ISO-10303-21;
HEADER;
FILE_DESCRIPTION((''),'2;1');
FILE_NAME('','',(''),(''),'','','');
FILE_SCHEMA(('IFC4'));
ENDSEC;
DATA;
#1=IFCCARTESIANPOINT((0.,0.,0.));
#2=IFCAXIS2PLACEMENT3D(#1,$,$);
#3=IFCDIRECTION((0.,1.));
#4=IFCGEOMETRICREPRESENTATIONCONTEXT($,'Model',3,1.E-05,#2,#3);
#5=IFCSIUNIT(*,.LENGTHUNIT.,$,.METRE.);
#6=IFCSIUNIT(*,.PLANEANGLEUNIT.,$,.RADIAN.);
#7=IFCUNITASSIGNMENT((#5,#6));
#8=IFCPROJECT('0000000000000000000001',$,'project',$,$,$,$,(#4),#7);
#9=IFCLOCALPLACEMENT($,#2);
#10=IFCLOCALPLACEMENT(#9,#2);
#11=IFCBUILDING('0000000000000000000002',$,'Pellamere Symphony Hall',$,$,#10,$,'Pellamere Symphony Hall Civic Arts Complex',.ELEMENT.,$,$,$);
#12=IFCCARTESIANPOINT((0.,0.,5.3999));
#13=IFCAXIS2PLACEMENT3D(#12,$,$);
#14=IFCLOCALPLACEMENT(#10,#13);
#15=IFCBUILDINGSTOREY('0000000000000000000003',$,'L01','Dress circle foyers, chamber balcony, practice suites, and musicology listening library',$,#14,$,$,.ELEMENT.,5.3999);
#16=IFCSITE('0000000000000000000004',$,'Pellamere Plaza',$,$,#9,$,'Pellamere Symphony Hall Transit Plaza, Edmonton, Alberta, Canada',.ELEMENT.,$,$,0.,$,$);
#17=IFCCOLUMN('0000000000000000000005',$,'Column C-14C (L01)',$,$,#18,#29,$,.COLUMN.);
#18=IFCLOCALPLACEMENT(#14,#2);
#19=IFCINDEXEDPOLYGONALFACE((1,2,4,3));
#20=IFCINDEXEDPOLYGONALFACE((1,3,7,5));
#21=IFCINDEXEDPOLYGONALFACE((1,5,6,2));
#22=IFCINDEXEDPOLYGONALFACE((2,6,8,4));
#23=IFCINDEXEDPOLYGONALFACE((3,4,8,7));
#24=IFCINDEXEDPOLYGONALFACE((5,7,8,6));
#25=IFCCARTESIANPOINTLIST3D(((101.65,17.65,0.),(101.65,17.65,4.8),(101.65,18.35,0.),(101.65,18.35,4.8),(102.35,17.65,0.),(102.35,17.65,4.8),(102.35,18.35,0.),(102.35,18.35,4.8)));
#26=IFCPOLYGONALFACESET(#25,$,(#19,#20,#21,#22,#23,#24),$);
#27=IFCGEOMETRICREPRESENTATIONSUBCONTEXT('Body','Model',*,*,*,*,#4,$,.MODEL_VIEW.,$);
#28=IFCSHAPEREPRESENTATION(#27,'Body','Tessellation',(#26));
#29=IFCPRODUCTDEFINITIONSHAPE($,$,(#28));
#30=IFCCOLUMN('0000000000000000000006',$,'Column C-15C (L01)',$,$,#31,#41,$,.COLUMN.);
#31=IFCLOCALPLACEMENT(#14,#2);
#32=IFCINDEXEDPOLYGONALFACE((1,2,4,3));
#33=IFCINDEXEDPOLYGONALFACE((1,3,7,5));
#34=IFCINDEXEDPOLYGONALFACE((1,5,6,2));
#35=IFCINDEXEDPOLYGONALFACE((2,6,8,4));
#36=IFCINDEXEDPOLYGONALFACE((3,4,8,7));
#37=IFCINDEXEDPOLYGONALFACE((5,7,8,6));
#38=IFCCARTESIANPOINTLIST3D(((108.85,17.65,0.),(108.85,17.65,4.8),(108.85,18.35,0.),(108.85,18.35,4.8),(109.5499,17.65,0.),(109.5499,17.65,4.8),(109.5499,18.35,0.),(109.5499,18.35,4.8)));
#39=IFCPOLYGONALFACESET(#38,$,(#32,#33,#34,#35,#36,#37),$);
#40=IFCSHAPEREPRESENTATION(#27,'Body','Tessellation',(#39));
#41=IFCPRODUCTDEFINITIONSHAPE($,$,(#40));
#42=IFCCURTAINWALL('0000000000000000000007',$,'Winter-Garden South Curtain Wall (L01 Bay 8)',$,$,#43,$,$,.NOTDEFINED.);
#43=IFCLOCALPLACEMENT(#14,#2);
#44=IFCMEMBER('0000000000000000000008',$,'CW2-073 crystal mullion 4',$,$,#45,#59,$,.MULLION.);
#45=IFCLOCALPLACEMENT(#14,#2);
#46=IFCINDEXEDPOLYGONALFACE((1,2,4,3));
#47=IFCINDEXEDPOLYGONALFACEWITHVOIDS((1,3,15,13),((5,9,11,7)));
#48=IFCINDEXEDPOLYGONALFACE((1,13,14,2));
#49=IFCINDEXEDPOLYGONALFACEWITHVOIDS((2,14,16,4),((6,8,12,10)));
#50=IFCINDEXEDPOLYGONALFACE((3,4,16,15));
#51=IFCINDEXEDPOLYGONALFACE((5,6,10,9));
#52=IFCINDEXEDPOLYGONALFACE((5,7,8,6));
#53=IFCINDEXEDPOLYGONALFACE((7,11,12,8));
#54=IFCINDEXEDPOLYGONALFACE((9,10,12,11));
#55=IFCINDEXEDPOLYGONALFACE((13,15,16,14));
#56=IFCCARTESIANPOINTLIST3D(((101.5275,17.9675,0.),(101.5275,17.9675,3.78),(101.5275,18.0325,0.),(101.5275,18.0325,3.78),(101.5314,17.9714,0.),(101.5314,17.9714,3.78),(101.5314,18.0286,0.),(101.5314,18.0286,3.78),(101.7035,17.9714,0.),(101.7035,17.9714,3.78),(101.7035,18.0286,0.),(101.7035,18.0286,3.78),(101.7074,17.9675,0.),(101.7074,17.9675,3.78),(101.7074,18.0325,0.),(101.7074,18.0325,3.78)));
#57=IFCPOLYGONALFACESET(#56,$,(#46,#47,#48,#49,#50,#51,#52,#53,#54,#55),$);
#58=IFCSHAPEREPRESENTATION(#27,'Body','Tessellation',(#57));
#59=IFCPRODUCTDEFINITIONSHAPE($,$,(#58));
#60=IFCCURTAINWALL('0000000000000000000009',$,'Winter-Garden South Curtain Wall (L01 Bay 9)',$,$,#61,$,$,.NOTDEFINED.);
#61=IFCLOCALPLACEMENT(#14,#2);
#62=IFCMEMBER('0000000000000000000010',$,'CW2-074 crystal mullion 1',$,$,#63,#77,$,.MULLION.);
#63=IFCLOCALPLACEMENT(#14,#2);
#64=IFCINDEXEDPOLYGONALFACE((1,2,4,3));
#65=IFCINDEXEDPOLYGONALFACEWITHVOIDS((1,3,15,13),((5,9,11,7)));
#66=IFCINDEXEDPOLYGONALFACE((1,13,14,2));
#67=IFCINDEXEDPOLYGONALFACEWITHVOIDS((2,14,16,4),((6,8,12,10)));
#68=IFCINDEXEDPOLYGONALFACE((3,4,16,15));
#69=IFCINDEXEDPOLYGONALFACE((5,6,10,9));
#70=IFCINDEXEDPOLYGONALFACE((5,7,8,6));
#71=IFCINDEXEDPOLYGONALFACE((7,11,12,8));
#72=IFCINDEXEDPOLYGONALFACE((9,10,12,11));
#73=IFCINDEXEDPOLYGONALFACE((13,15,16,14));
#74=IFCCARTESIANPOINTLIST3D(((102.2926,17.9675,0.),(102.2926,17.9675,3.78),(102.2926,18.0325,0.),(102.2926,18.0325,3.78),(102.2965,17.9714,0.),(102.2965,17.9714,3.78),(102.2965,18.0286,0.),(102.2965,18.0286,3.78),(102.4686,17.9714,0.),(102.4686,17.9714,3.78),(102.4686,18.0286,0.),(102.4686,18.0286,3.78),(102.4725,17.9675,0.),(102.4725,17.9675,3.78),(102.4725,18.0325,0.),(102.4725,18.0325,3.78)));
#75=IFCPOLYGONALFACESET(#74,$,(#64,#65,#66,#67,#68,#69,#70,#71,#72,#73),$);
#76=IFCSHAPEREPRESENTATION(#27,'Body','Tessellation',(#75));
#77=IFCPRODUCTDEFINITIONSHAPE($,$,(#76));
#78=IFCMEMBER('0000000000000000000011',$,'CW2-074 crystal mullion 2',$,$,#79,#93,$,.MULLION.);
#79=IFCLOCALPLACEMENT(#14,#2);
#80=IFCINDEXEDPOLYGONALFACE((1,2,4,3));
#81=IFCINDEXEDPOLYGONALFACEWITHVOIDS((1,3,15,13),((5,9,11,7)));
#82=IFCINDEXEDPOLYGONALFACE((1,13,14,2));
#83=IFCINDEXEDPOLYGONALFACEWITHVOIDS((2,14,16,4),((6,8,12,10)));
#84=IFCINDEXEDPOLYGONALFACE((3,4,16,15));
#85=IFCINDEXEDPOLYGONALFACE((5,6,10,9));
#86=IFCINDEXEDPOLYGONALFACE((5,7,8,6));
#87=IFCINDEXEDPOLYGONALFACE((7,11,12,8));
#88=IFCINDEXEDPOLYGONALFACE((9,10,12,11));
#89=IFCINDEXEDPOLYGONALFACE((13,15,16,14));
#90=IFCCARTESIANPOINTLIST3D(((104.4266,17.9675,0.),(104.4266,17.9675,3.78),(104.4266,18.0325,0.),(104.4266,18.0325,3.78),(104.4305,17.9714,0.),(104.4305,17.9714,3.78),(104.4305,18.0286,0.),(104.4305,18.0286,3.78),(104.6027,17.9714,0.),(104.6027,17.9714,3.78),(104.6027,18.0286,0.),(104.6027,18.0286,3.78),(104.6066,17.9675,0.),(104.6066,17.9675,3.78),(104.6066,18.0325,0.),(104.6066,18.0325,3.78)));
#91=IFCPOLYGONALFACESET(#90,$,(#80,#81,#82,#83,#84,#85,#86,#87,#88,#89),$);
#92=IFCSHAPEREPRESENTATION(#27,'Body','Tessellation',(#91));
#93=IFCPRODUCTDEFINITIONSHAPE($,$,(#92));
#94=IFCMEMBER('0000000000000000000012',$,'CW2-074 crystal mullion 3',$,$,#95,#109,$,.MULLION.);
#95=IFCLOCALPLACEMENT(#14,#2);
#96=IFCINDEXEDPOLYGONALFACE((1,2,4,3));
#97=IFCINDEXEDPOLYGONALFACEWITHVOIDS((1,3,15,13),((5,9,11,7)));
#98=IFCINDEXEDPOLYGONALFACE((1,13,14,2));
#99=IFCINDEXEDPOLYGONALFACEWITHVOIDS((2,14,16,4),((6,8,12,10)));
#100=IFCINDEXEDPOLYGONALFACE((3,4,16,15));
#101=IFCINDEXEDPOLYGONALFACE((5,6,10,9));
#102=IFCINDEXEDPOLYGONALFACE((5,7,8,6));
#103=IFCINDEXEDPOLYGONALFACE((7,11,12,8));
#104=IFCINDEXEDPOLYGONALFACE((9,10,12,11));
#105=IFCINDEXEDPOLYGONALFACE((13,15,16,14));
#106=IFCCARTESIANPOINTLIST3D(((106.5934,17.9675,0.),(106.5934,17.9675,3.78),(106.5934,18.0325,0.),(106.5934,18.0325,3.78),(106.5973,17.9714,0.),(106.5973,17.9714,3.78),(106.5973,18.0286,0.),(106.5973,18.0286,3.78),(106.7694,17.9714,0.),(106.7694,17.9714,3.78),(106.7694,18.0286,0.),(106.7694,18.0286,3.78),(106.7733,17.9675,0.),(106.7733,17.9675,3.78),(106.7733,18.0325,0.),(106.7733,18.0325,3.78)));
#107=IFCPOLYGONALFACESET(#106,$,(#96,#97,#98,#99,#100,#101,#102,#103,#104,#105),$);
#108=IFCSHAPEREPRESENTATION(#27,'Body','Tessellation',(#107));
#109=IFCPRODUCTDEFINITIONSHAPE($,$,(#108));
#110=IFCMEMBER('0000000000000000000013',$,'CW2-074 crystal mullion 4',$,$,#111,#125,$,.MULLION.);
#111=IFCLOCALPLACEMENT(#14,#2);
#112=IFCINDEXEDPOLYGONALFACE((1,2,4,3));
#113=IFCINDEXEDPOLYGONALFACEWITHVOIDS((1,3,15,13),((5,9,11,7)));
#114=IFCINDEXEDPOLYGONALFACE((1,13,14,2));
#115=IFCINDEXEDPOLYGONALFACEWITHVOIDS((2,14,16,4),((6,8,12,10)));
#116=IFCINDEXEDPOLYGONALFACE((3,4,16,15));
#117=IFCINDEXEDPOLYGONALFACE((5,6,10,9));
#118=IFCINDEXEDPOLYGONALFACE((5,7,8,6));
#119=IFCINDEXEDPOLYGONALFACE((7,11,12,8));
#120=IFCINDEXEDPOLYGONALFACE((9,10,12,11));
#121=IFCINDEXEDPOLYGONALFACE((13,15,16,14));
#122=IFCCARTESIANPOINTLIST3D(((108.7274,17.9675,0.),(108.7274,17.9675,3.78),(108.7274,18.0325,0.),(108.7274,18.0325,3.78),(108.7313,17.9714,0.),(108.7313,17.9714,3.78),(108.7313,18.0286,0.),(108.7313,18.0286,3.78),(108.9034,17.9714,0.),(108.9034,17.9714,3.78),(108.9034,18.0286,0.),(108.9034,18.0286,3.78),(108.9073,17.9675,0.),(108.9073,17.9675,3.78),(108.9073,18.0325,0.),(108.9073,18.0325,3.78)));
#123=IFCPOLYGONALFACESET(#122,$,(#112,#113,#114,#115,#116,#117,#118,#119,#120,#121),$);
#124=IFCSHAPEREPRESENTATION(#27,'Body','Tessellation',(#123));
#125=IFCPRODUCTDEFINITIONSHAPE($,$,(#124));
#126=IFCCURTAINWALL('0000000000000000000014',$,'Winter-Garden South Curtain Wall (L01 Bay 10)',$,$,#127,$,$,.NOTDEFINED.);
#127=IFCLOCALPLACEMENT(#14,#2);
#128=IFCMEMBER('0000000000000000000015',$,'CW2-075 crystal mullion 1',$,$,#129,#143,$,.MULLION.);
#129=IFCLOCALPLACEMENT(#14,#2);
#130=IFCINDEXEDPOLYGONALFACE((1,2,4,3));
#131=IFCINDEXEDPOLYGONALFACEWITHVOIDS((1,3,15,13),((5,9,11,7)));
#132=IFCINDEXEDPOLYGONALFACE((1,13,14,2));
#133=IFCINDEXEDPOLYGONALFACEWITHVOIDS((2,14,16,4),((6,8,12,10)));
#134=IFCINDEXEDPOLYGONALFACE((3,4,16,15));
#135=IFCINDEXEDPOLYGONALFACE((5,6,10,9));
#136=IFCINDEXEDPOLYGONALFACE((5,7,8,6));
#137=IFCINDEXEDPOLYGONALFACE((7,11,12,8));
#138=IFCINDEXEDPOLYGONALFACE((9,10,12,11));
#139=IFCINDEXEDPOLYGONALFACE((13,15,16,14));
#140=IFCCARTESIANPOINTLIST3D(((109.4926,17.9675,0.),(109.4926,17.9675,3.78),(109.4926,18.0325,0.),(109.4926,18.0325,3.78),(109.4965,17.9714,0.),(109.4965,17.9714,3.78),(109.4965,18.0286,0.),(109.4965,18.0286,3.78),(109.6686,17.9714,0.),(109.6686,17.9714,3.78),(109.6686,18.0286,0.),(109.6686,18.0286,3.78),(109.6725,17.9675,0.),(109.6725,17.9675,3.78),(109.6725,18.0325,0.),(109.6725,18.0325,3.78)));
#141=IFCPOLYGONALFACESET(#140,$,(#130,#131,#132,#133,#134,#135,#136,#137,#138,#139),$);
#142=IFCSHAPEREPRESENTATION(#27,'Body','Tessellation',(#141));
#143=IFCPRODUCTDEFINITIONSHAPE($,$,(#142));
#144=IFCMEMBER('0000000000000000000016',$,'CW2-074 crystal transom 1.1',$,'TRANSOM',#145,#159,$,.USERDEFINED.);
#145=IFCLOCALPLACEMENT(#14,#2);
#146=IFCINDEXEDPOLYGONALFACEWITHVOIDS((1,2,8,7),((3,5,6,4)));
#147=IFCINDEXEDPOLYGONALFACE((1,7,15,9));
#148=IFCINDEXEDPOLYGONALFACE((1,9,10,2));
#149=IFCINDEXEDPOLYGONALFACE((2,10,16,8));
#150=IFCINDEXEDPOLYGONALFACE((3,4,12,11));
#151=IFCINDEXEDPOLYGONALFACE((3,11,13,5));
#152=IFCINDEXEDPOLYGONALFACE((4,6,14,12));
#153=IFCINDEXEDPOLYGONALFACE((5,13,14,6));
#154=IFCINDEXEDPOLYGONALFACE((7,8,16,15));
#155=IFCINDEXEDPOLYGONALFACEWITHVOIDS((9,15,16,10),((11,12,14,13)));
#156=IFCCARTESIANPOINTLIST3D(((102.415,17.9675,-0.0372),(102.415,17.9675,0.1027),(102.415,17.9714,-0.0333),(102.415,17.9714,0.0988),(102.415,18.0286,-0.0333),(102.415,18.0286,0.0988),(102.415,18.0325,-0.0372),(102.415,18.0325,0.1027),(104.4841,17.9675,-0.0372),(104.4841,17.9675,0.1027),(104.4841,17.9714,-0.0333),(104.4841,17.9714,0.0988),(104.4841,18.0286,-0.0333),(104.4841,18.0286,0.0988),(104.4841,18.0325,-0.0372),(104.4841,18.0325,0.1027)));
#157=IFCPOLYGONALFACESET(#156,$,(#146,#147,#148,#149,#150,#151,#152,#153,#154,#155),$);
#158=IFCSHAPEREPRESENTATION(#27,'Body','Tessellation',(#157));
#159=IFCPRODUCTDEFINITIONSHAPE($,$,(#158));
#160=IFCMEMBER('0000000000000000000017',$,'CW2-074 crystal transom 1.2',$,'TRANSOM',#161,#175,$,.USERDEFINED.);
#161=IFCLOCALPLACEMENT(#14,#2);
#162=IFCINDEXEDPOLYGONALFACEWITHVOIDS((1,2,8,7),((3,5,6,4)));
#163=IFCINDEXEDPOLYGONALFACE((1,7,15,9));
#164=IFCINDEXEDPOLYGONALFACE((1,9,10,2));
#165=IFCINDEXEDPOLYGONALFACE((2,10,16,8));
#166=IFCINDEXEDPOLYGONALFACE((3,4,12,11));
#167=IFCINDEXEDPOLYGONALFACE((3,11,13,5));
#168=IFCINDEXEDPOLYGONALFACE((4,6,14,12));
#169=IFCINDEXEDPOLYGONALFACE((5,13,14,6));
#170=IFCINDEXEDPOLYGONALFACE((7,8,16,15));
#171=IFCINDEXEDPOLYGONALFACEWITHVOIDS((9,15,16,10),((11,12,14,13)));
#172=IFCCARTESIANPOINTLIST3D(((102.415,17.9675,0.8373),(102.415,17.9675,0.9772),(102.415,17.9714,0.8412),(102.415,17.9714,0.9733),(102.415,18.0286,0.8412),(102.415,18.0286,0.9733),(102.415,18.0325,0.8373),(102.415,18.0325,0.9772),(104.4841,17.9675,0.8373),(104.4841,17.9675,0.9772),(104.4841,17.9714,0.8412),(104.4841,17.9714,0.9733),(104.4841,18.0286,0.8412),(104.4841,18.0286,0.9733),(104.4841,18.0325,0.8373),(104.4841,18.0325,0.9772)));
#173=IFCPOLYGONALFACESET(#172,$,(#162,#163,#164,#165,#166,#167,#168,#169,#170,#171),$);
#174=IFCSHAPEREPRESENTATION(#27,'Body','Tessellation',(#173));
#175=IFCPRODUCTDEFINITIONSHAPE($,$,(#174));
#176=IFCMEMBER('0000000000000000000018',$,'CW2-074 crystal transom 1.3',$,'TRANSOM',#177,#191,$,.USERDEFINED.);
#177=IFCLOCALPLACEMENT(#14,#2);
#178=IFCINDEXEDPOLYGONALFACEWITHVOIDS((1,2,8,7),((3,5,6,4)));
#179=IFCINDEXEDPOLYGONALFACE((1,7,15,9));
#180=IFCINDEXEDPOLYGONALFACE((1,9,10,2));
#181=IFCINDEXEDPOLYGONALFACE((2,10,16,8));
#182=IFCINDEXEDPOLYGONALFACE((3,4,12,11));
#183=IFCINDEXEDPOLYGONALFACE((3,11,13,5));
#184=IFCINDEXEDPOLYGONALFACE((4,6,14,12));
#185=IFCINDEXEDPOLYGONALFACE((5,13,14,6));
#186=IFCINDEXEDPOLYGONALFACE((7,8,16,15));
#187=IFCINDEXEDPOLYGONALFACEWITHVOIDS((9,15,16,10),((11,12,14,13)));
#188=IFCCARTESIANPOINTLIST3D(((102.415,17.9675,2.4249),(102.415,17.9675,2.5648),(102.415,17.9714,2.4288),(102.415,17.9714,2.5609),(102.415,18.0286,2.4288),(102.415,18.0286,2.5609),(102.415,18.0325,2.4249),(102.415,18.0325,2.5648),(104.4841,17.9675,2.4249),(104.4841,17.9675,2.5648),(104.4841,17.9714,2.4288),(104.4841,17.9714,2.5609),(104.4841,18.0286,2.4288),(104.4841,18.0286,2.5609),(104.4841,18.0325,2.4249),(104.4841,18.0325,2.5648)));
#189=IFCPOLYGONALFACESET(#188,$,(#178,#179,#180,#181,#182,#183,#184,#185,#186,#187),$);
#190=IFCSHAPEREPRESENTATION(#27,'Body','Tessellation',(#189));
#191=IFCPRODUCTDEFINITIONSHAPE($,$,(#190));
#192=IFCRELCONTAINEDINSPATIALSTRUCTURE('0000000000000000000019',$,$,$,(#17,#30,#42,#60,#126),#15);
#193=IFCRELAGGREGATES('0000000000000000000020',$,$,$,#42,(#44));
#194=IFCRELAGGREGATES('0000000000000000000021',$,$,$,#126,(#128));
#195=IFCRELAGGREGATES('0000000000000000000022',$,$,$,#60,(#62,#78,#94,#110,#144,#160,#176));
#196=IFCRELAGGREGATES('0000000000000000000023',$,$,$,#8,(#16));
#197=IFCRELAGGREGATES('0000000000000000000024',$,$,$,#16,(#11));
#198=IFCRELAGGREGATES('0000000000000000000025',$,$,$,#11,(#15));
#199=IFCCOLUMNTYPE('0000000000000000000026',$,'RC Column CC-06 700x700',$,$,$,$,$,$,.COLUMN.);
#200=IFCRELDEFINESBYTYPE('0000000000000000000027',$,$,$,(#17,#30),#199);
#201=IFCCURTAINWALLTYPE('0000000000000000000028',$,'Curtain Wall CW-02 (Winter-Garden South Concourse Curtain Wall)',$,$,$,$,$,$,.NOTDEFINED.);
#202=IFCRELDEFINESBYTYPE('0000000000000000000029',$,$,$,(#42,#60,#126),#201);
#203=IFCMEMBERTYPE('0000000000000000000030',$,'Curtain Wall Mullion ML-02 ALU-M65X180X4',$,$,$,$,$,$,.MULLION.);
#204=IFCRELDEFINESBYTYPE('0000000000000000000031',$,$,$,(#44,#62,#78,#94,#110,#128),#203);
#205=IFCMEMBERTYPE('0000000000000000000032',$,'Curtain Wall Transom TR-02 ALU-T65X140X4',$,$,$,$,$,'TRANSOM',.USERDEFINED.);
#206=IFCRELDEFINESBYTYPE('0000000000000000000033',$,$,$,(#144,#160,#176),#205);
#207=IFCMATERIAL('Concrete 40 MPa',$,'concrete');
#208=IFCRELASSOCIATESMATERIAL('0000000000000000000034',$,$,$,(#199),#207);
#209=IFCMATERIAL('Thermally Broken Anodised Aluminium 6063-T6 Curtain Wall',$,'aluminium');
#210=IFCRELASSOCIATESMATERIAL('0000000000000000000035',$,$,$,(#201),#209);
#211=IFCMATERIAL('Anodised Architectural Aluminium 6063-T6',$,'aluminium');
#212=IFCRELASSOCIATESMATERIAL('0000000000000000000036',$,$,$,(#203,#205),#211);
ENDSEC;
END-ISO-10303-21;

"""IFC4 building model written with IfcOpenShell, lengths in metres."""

from ifc_helpers import new_model, si_unit, direction, frame, origin, origin_2d, place, context, subcontext, project, spatial, rectangle, hollow_rectangle, extrude, material, material_profile, profile_set, type_object, element, aggregate, save


model = new_model("IFC4")

# Units and contexts
model_context = context("Model", 3, precision=1e-05, world=origin(), true_north=direction((0.0, 1.0)))
body_context = subcontext(model_context, "Body", "Model", "MODEL_VIEW")
ifc_project = project(units=[si_unit("LENGTHUNIT", "METRE"), si_unit("PLANEANGLEUNIT", "RADIAN")], contexts=[model_context])

# Site, building, storey
site_placement = place(None, origin())
site = spatial("IfcSite", under=ifc_project, at=site_placement, Name="Pellamere Plaza", LongName="Pellamere Symphony Hall Transit Plaza, Edmonton, Alberta, Canada", CompositionType="ELEMENT", RefElevation=0.0)
building_placement = place(site_placement, origin())
building = spatial("IfcBuilding", under=site, at=building_placement, Name="Pellamere Symphony Hall", LongName="Pellamere Symphony Hall Civic Arts Complex", CompositionType="ELEMENT")
storey_placement = place(building_placement, frame((0.0, 0.0, 5.3999)))
storey = spatial("IfcBuildingStorey", under=building, at=storey_placement, Name="L01", Description="Dress circle foyers, chamber balcony, practice suites, and musicology listening library", CompositionType="ELEMENT", Elevation=5.3999)

# Columns
ifc_material_1 = material(Name="Concrete 40 MPa", Category="concrete")
ifc_material_profile_1 = material_profile(ifc_material_1, rectangle(XDim=0.7, YDim=0.7, at=origin_2d()), Name="RC 700x700")
ifc_profile_set_1 = profile_set([ifc_material_profile_1], Name="Concrete 40 MPa")
column_type = type_object("IfcColumnType", Name="RC Column CC-06 700x700", PredefinedType="COLUMN", material=ifc_profile_set_1)
for number, where, z_axis, x_axis, name in (
    (1, (102.0, 18.0, 0.0), (0.0, 0.0, 1.0), (1.0, 0.0, 0.0), "Column C-14C (L01)"),
    (2, (109.2, 18.0, 0.0), (0.0, 0.0, 1.0), (1.0, 0.0, 0.0), "Column C-15C (L01)"),
):
    element("IfcColumn", number, at=place(storey_placement, frame(where, z_axis=z_axis, x_axis=x_axis)), inside=storey, type_object=column_type, Name=name, PredefinedType="COLUMN", context=body_context, shape_type="SweptSolid", body=[
        extrude(rectangle(XDim=0.7, YDim=0.7, at=origin_2d()), origin(), (0.0, 0.0, 1.0), 4.8),
    ])

# Curtain wall, member
ifc_material_2 = material(Name="Thermally Broken Anodised Aluminium 6063-T6 Curtain Wall", Category="aluminium")
curtain_wall_type = type_object("IfcCurtainWallType", Name="Curtain Wall CW-02 (Winter-Garden South Concourse Curtain Wall)", PredefinedType="NOTDEFINED", material=ifc_material_2)
curtain_wall_1_placement = place(storey_placement, origin())
curtain_wall_1 = element("IfcCurtainWall", 3, at=curtain_wall_1_placement, inside=storey, type_object=curtain_wall_type, Name="Winter-Garden South Curtain Wall (L01 Bay 8)", PredefinedType="NOTDEFINED")
ifc_material_3 = material(Name="Anodised Architectural Aluminium 6063-T6", Category="aluminium")
ifc_material_profile_2 = material_profile(ifc_material_3, hollow_rectangle(XDim=0.0649, YDim=0.1799, WallThickness=0.0039, at=origin_2d()), Name="ALU-M65X180X4")
ifc_profile_set_2 = profile_set([ifc_material_profile_2], Name="Anodised Architectural Aluminium 6063-T6")
member_type_1 = type_object("IfcMemberType", Name="Curtain Wall Mullion ML-02 ALU-M65X180X4", PredefinedType="MULLION", material=ifc_profile_set_2)
member_1_placement = place(storey_placement, frame((101.6174, 18.0, 0.0), z_axis=(0.0, 0.0, 1.0), x_axis=(0.0, 1.0, 0.0)))
member_1 = element("IfcMember", 4, at=member_1_placement, type_object=member_type_1, Name="CW2-073 crystal mullion 4", PredefinedType="MULLION", context=body_context, shape_type="SweptSolid", body=[
    extrude(hollow_rectangle(XDim=0.0649, YDim=0.1799, WallThickness=0.0039, at=origin_2d()), origin(), (0.0, 0.0, 1.0), 3.78),
])

# Curtain wall, members
curtain_wall_2_placement = place(storey_placement, origin())
curtain_wall_2 = element("IfcCurtainWall", 5, at=curtain_wall_2_placement, inside=storey, type_object=curtain_wall_type, Name="Winter-Garden South Curtain Wall (L01 Bay 9)", PredefinedType="NOTDEFINED")
member_2_placement = place(storey_placement, frame((102.3826, 18.0, 0.0), z_axis=(0.0, 0.0, 1.0), x_axis=(0.0, 1.0, 0.0)))
member_2 = element("IfcMember", 6, at=member_2_placement, type_object=member_type_1, Name="CW2-074 crystal mullion 1", PredefinedType="MULLION", context=body_context, shape_type="SweptSolid", body=[
    extrude(hollow_rectangle(XDim=0.0649, YDim=0.1799, WallThickness=0.0039, at=origin_2d()), origin(), (0.0, 0.0, 1.0), 3.78),
])
member_3_placement = place(storey_placement, frame((104.5166, 18.0, 0.0), z_axis=(0.0, 0.0, 1.0), x_axis=(0.0, 1.0, 0.0)))
member_3 = element("IfcMember", 7, at=member_3_placement, type_object=member_type_1, Name="CW2-074 crystal mullion 2", PredefinedType="MULLION", context=body_context, shape_type="SweptSolid", body=[
    extrude(hollow_rectangle(XDim=0.0649, YDim=0.1799, WallThickness=0.0039, at=origin_2d()), origin(), (0.0, 0.0, 1.0), 3.78),
])
member_4_placement = place(storey_placement, frame((106.6833, 18.0, 0.0), z_axis=(0.0, 0.0, 1.0), x_axis=(0.0, 1.0, 0.0)))
member_4 = element("IfcMember", 8, at=member_4_placement, type_object=member_type_1, Name="CW2-074 crystal mullion 3", PredefinedType="MULLION", context=body_context, shape_type="SweptSolid", body=[
    extrude(hollow_rectangle(XDim=0.0649, YDim=0.1799, WallThickness=0.0039, at=origin_2d()), origin(), (0.0, 0.0, 1.0), 3.78),
])
member_5_placement = place(storey_placement, frame((108.8174, 18.0, 0.0), z_axis=(0.0, 0.0, 1.0), x_axis=(0.0, 1.0, 0.0)))
member_5 = element("IfcMember", 9, at=member_5_placement, type_object=member_type_1, Name="CW2-074 crystal mullion 4", PredefinedType="MULLION", context=body_context, shape_type="SweptSolid", body=[
    extrude(hollow_rectangle(XDim=0.0649, YDim=0.1799, WallThickness=0.0039, at=origin_2d()), origin(), (0.0, 0.0, 1.0), 3.78),
])

# Curtain wall, member
curtain_wall_3_placement = place(storey_placement, origin())
curtain_wall_3 = element("IfcCurtainWall", 10, at=curtain_wall_3_placement, inside=storey, type_object=curtain_wall_type, Name="Winter-Garden South Curtain Wall (L01 Bay 10)", PredefinedType="NOTDEFINED")
member_6_placement = place(storey_placement, frame((109.5825, 18.0, 0.0), z_axis=(0.0, 0.0, 1.0), x_axis=(0.0, 1.0, 0.0)))
member_6 = element("IfcMember", 11, at=member_6_placement, type_object=member_type_1, Name="CW2-075 crystal mullion 1", PredefinedType="MULLION", context=body_context, shape_type="SweptSolid", body=[
    extrude(hollow_rectangle(XDim=0.0649, YDim=0.1799, WallThickness=0.0039, at=origin_2d()), origin(), (0.0, 0.0, 1.0), 3.78),
])

# Members
ifc_material_profile_3 = material_profile(ifc_material_3, hollow_rectangle(XDim=0.0649, YDim=0.1399, WallThickness=0.0039, at=origin_2d()), Name="ALU-T65X140X4")
ifc_profile_set_3 = profile_set([ifc_material_profile_3], Name="Anodised Architectural Aluminium 6063-T6")
member_type_2 = type_object("IfcMemberType", Name="Curtain Wall Transom TR-02 ALU-T65X140X4", ElementType="TRANSOM", PredefinedType="USERDEFINED", material=ifc_profile_set_3)
member_7_placement = place(storey_placement, frame((102.415, 18.0, 0.0327), z_axis=(1.0, 0.0, 0.0), x_axis=(0.0, 1.0, 0.0)))
member_7 = element("IfcMember", 12, at=member_7_placement, type_object=member_type_2, Name="CW2-074 crystal transom 1.1", ObjectType="TRANSOM", PredefinedType="USERDEFINED", context=body_context, shape_type="SweptSolid", body=[
    extrude(hollow_rectangle(XDim=0.0649, YDim=0.1399, WallThickness=0.0039, at=origin_2d()), origin(), (0.0, 0.0, 1.0), 2.0691),
])
member_8_placement = place(storey_placement, frame((102.415, 18.0, 0.9072), z_axis=(1.0, 0.0, 0.0), x_axis=(0.0, 1.0, 0.0)))
member_8 = element("IfcMember", 13, at=member_8_placement, type_object=member_type_2, Name="CW2-074 crystal transom 1.2", ObjectType="TRANSOM", PredefinedType="USERDEFINED", context=body_context, shape_type="SweptSolid", body=[
    extrude(hollow_rectangle(XDim=0.0649, YDim=0.1399, WallThickness=0.0039, at=origin_2d()), origin(), (0.0, 0.0, 1.0), 2.0691),
])
member_9_placement = place(storey_placement, frame((102.415, 18.0, 2.4949), z_axis=(1.0, 0.0, 0.0), x_axis=(0.0, 1.0, 0.0)))
member_9 = element("IfcMember", 14, at=member_9_placement, type_object=member_type_2, Name="CW2-074 crystal transom 1.3", ObjectType="TRANSOM", PredefinedType="USERDEFINED", context=body_context, shape_type="SweptSolid", body=[
    extrude(hollow_rectangle(XDim=0.0649, YDim=0.1399, WallThickness=0.0039, at=origin_2d()), origin(), (0.0, 0.0, 1.0), 2.0691),
])

aggregate(curtain_wall_1, [member_1])
aggregate(curtain_wall_3, [member_6])
aggregate(curtain_wall_2, [member_2, member_3, member_4, member_5, member_7, member_8, member_9])

save(model, "model.ifc")
